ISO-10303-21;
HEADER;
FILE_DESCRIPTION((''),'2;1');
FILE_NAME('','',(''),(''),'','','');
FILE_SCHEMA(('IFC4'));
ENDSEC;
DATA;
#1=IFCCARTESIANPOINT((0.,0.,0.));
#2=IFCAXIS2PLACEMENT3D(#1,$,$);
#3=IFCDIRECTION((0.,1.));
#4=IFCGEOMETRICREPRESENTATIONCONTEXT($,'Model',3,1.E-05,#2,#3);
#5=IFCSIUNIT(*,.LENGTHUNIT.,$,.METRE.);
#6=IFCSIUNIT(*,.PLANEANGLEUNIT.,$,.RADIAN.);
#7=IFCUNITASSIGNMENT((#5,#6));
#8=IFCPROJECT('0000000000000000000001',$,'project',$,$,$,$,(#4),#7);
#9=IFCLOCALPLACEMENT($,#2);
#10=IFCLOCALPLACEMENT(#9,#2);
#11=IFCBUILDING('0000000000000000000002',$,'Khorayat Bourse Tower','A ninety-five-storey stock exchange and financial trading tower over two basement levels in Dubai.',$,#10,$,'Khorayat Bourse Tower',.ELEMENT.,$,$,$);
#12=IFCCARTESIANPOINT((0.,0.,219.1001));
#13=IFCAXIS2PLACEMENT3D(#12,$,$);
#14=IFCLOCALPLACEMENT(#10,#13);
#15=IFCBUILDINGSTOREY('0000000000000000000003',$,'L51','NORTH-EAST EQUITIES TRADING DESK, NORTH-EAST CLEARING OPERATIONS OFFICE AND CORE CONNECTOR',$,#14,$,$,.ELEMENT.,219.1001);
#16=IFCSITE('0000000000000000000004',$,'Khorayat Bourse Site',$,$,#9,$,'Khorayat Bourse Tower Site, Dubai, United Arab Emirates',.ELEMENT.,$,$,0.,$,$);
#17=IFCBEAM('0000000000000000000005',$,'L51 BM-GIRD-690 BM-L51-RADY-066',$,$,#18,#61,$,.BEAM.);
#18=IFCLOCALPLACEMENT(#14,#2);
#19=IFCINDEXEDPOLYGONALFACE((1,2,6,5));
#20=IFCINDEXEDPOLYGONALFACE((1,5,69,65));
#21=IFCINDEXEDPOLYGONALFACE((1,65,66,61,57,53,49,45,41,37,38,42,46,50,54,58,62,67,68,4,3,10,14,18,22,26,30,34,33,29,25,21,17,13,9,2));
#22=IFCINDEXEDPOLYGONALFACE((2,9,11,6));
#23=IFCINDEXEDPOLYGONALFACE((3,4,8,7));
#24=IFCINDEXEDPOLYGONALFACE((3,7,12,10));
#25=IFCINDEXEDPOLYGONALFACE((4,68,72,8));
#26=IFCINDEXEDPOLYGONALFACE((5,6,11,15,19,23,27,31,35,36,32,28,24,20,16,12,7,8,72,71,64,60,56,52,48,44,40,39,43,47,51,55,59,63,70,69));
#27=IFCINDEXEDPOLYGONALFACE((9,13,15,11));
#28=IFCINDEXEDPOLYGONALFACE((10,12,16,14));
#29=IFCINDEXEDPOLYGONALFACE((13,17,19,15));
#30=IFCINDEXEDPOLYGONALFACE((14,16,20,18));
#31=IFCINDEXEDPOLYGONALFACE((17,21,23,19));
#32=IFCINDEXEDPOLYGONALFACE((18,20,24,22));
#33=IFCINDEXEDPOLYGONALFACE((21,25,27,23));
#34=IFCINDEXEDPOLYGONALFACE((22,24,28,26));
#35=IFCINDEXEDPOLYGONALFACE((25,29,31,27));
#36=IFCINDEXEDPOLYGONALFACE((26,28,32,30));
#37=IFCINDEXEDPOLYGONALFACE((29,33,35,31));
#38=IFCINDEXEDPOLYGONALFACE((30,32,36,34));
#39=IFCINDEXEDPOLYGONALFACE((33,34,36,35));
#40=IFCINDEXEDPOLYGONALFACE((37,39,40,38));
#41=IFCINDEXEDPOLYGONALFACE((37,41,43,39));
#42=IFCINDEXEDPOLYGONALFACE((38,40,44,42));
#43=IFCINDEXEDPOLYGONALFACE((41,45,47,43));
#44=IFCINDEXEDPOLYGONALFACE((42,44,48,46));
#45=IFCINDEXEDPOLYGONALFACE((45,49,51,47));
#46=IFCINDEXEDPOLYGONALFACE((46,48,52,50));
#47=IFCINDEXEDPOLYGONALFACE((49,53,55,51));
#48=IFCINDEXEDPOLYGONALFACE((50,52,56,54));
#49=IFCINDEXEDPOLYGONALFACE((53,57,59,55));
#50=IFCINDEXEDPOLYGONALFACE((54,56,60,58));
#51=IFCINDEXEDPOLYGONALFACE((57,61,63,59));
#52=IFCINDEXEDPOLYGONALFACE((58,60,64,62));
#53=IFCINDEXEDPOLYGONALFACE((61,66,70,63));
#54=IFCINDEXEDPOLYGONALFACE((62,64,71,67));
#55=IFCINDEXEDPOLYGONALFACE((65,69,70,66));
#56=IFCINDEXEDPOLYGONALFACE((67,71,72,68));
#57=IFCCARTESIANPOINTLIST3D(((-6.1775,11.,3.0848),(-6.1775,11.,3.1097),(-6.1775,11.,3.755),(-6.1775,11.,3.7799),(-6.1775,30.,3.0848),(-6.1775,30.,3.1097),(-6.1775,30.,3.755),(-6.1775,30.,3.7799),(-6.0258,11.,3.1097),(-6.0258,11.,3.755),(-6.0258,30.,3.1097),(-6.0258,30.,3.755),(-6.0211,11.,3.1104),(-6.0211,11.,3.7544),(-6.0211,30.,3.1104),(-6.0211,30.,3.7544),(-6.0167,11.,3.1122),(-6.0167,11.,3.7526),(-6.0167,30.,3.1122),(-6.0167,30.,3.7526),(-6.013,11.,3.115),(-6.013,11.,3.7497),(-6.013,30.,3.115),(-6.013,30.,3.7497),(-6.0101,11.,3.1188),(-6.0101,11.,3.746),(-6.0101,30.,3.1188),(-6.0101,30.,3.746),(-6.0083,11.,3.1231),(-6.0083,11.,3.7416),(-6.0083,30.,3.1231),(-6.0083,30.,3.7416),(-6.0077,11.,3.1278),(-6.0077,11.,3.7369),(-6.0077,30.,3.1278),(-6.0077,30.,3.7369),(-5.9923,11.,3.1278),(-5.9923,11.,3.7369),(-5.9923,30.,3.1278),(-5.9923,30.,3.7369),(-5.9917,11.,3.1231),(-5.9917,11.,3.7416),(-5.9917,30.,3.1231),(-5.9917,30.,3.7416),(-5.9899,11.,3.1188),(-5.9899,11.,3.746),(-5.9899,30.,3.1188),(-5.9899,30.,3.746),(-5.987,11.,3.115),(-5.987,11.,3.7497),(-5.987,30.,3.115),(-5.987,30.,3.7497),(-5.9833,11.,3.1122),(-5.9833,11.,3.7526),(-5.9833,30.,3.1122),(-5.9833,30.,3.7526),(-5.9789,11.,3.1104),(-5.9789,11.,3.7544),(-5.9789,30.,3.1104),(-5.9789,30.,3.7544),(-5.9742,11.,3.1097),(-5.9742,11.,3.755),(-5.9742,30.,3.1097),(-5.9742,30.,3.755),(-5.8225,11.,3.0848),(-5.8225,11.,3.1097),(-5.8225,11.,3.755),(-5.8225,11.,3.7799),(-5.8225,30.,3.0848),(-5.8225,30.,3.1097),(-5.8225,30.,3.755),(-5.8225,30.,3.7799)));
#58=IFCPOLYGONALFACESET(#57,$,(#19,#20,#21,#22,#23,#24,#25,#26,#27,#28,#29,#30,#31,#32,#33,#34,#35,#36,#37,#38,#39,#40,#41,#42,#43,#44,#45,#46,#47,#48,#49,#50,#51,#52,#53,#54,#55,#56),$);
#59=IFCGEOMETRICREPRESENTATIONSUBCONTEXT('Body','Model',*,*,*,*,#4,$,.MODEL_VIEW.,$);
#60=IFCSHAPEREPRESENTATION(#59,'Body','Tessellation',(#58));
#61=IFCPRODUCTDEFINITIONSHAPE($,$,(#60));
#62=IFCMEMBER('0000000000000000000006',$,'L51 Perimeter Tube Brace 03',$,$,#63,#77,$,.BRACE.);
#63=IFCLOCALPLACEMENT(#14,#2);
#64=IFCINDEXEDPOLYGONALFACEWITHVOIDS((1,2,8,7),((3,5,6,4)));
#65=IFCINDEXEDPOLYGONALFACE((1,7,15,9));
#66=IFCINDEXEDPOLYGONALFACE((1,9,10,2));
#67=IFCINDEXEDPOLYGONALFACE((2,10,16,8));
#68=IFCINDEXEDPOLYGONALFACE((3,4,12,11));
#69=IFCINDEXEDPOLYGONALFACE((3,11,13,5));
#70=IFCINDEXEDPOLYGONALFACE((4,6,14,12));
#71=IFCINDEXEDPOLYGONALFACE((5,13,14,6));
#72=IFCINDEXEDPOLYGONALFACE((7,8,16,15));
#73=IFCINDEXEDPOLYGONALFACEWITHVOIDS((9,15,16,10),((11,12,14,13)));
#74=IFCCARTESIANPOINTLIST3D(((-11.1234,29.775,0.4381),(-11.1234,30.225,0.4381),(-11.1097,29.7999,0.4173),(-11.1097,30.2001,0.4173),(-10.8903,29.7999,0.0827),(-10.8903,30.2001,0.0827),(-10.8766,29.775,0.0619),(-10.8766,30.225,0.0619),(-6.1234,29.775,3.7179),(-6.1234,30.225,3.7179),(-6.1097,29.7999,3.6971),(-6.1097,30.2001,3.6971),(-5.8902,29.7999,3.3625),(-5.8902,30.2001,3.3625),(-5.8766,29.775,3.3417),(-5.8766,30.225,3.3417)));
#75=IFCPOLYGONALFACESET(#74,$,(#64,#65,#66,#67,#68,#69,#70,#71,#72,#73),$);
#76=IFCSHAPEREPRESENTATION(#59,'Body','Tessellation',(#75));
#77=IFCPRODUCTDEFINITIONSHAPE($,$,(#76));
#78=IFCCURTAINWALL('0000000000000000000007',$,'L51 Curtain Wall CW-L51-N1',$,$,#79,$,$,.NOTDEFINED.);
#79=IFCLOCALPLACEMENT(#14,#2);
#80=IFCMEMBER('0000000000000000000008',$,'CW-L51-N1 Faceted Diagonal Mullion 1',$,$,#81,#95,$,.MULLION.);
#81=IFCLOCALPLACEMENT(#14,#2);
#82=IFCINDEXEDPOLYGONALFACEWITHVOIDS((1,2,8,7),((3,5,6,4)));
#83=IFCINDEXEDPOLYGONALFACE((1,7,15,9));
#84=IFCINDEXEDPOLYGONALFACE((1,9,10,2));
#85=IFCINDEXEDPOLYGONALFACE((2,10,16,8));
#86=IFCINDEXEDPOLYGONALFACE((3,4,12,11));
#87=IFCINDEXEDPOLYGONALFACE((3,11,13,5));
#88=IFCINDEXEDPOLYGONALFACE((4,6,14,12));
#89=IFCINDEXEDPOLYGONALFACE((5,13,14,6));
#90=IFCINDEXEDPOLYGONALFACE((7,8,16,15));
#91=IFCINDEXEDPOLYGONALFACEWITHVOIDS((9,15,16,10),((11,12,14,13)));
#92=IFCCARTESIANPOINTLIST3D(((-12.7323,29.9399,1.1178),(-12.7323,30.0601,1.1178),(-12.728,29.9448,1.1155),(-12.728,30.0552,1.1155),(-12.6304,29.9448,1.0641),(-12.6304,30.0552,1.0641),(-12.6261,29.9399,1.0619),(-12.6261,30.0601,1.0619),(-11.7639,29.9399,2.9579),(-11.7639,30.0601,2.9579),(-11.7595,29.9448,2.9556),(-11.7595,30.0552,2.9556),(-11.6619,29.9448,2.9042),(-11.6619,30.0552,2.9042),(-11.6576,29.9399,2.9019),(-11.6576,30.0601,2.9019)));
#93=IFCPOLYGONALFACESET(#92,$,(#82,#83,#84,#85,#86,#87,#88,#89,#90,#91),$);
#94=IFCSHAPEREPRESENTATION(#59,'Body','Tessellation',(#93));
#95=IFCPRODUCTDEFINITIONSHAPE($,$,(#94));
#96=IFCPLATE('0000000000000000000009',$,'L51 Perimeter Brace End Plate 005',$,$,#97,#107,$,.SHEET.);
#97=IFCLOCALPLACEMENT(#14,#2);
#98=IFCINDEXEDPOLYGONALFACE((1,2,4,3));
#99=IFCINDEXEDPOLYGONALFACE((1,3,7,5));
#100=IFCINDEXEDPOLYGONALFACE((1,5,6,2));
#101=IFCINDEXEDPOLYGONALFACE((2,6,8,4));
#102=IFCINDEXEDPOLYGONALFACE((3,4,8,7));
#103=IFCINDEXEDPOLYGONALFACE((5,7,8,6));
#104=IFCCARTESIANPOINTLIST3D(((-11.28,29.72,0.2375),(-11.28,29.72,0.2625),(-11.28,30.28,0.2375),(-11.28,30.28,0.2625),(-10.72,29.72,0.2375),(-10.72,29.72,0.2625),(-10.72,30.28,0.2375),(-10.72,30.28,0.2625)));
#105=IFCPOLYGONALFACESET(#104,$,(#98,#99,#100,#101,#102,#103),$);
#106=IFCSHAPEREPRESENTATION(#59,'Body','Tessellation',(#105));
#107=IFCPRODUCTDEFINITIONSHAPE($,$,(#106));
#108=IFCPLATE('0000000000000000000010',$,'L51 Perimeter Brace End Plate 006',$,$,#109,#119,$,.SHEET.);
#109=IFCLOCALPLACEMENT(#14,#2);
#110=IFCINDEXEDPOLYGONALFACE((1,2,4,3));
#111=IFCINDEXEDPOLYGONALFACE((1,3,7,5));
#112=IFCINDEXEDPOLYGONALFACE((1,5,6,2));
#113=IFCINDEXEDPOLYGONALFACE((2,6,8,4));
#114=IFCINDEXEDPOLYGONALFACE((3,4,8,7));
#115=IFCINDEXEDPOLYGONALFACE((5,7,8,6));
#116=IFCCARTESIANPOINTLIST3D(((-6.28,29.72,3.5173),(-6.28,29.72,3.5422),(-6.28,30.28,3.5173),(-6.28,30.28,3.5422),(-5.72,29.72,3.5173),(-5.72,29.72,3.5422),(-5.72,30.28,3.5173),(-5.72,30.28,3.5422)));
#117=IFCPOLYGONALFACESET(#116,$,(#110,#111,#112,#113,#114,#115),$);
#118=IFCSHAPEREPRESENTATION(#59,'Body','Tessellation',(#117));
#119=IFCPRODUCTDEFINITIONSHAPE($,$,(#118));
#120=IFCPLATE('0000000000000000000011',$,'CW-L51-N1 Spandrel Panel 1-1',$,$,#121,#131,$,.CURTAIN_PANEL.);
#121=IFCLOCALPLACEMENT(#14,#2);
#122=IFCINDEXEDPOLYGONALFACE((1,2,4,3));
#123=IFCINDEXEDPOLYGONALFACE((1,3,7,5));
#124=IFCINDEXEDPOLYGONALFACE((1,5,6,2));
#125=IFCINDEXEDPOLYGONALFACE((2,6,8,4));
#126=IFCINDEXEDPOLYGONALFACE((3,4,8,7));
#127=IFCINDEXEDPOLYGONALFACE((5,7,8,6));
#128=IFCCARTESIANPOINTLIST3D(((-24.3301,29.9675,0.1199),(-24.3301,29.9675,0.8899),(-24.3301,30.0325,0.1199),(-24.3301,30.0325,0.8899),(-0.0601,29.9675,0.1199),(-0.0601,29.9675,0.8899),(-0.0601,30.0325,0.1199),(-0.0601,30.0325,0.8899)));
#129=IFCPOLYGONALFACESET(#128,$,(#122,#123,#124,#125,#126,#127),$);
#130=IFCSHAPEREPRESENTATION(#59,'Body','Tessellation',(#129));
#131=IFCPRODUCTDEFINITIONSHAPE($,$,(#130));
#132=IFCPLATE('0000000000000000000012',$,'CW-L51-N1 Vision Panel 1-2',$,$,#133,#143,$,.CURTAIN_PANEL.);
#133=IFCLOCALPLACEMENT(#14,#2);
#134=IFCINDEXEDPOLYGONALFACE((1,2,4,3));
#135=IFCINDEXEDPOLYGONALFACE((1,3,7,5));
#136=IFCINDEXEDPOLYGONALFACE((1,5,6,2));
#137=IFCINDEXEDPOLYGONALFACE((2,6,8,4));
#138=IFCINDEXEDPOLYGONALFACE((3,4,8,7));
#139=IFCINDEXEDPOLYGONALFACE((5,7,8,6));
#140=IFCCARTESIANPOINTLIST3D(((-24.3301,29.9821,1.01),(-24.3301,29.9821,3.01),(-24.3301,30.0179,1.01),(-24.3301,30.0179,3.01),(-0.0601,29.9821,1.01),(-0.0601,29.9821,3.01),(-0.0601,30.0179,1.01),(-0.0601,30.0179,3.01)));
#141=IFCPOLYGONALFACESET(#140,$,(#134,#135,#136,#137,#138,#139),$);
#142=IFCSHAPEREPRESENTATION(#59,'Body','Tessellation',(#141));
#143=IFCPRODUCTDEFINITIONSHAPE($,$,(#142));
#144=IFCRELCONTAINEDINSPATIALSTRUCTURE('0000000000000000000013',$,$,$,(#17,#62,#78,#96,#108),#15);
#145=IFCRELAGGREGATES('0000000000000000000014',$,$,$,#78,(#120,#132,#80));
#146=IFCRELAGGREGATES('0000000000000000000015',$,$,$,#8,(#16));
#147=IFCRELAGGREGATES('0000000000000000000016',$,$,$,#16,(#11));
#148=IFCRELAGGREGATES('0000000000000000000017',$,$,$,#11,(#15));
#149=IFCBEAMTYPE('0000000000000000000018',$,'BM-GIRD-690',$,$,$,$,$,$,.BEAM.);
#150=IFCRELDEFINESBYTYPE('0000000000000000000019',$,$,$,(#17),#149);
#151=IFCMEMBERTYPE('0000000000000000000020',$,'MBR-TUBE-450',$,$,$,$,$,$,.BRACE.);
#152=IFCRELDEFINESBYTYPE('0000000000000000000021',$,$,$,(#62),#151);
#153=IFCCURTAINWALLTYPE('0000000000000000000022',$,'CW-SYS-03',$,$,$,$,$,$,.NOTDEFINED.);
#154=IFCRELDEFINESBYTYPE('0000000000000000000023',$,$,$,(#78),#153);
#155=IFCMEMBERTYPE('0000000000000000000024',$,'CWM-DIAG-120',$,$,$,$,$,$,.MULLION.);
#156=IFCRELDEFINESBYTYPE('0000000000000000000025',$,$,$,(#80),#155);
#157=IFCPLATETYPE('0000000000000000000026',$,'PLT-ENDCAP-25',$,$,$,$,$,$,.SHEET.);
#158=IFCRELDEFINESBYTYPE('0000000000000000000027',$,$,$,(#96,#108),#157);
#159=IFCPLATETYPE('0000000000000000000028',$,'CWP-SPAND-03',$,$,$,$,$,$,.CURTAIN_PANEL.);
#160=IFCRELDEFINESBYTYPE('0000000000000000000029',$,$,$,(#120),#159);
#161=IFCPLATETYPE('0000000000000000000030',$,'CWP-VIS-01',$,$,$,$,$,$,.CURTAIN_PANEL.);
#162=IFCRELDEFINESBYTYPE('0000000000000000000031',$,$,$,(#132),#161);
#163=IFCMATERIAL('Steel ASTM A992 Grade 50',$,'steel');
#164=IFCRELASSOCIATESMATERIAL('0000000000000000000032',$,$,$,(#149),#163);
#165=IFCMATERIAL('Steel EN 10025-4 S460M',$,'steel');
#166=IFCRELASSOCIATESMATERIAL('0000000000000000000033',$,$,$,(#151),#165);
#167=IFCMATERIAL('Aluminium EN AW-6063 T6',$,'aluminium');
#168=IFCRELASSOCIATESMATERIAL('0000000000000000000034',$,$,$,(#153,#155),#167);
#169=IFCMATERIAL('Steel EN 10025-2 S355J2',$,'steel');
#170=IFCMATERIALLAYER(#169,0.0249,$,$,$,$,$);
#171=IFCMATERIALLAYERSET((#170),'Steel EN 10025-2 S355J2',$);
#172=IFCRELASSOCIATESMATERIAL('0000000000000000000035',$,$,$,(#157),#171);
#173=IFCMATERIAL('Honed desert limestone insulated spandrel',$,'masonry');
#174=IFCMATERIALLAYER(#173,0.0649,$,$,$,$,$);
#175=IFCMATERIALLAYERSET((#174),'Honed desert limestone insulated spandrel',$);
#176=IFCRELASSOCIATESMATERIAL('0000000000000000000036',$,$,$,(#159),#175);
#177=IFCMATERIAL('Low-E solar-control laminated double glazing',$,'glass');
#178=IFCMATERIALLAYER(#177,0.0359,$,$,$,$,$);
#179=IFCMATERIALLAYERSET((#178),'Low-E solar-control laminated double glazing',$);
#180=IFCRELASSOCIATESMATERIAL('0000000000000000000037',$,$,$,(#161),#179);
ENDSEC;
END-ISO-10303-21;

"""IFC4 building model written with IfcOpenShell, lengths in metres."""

from ifc_helpers import new_model, si_unit, direction, frame, origin, origin_2d, place, context, subcontext, project, spatial, rectangle, hollow_rectangle, i_section, extrude, source, transform, mapped, material, layer, layer_set, material_profile, profile_set, type_object, element, aggregate, save


model = new_model("IFC4")

# Units and contexts
model_context = context("Model", 3, precision=1e-05, world=origin(), true_north=direction((0.0, 1.0)))
body_context = subcontext(model_context, "Body", "Model", "MODEL_VIEW")
ifc_project = project(units=[si_unit("LENGTHUNIT", "METRE"), si_unit("PLANEANGLEUNIT", "RADIAN")], contexts=[model_context])

# Site, building, storey
site_placement = place(None, origin())
site = spatial("IfcSite", under=ifc_project, at=site_placement, Name="Khorayat Bourse Site", LongName="Khorayat Bourse Tower Site, Dubai, United Arab Emirates", CompositionType="ELEMENT", RefElevation=0.0)
building_placement = place(site_placement, origin())
building = spatial("IfcBuilding", under=site, at=building_placement, Name="Khorayat Bourse Tower", Description="A ninety-five-storey stock exchange and financial trading tower over two basement levels in Dubai.", LongName="Khorayat Bourse Tower", CompositionType="ELEMENT")
storey_placement = place(building_placement, frame((0.0, 0.0, 219.1001)))
storey = spatial("IfcBuildingStorey", under=building, at=storey_placement, Name="L51", Description="NORTH-EAST EQUITIES TRADING DESK, NORTH-EAST CLEARING OPERATIONS OFFICE AND CORE CONNECTOR", CompositionType="ELEMENT", Elevation=219.1001)

# Shared definitions
ifc_material_1 = material(Name="Steel EN 10025-4 S460M", Category="steel")

# Beam
ifc_material_2 = material(Name="Steel ASTM A992 Grade 50", Category="steel")
ifc_material_profile_1 = material_profile(ifc_material_2, i_section(OverallWidth=0.355, OverallDepth=0.6951, WebThickness=0.0154, FlangeThickness=0.0249, FilletRadius=0.0181, at=origin_2d()), Name="W690X217")
ifc_profile_set_1 = profile_set([ifc_material_profile_1], Name="Steel ASTM A992 Grade 50")
beam_type_1 = type_object("IfcBeamType", Name="BM-GIRD-690", PredefinedType="BEAM", material=ifc_profile_set_1)
shared_shape_1 = source(origin(), body_context, "Body", "SweptSolid", [
    extrude(i_section(OverallWidth=0.355, OverallDepth=0.6951, WebThickness=0.0154, FlangeThickness=0.0249, FilletRadius=0.0181, at=origin_2d()), origin(), (0.0, 0.0, 1.0), 19.0),
])
for number, where, z_axis, x_axis, name in (
    (1, (-6.0, 11.0, 3.4324), (0.0, 1.0, 0.0), (-1.0, 0.0, 0.0), "L51 BM-GIRD-690 BM-L51-RADY-066"),
):
    element("IfcBeam", number, at=place(storey_placement, frame(where, z_axis=z_axis, x_axis=x_axis)), inside=storey, type_object=beam_type_1, Name=name, PredefinedType="BEAM", context=body_context, shape_type="MappedRepresentation", body=[
        mapped(shared_shape_1, transform((0.0, 0.0, 0.0), scale=1.0)),
    ])

# Member
ifc_material_profile_2 = material_profile(ifc_material_1, hollow_rectangle(XDim=0.45, YDim=0.45, WallThickness=0.0249, at=origin_2d()), Name="HSS 450x450x25")
ifc_profile_set_2 = profile_set([ifc_material_profile_2], Name="Steel EN 10025-4 S460M")
member_type_1 = type_object("IfcMemberType", Name="MBR-TUBE-450", PredefinedType="BRACE", material=ifc_profile_set_2)
shared_shape_2 = source(origin(), body_context, "Body", "SweptSolid", [
    extrude(hollow_rectangle(XDim=0.45, YDim=0.45, WallThickness=0.0249, at=origin_2d()), origin(), (0.0, 0.0, 1.0), 5.9797),
])
member_1_placement = place(storey_placement, frame((-11.0, 30.0, 0.25), z_axis=(0.83616, 0.0, 0.548485), x_axis=(0.0, 1.0, 0.0)))
element("IfcMember", 2, at=member_1_placement, inside=storey, type_object=member_type_1, Name="L51 Perimeter Tube Brace 03", PredefinedType="BRACE", context=body_context, shape_type="MappedRepresentation", body=[
    mapped(shared_shape_2, transform((0.0, 0.0, 0.0), scale=1.0)),
])

# Curtain wall, member
ifc_material_3 = material(Name="Aluminium EN AW-6063 T6", Category="aluminium")
curtain_wall_type = type_object("IfcCurtainWallType", Name="CW-SYS-03", PredefinedType="NOTDEFINED", material=ifc_material_3)
curtain_wall_placement = place(storey_placement, origin())
curtain_wall = element("IfcCurtainWall", 3, at=curtain_wall_placement, inside=storey, type_object=curtain_wall_type, Name="L51 Curtain Wall CW-L51-N1", PredefinedType="NOTDEFINED")
ifc_material_profile_3 = material_profile(ifc_material_3, hollow_rectangle(XDim=0.1201, YDim=0.1201, WallThickness=0.0049, at=origin_2d()), Name="ALU 120x120x5")
ifc_profile_set_3 = profile_set([ifc_material_profile_3], Name="Aluminium EN AW-6063 T6")
member_type_2 = type_object("IfcMemberType", Name="CWM-DIAG-120", PredefinedType="MULLION", material=ifc_profile_set_3)
shared_shape_3 = source(origin(), body_context, "Body", "SweptSolid", [
    extrude(hollow_rectangle(XDim=0.1201, YDim=0.1201, WallThickness=0.0049, at=origin_2d()), origin(), (0.0, 0.0, 1.0), 2.0793),
])
member_2_placement = place(storey_placement, frame((-12.6792, 30.0, 1.0898), z_axis=(0.465761, 0.0, 0.884911), x_axis=(0.0, 1.0, 0.0)))
member_2 = element("IfcMember", 4, at=member_2_placement, type_object=member_type_2, Name="CW-L51-N1 Faceted Diagonal Mullion 1", PredefinedType="MULLION", context=body_context, shape_type="MappedRepresentation", body=[
    mapped(shared_shape_3, transform((0.0, 0.0, 0.0), scale=1.0)),
])

# Plates
ifc_material_4 = material(Name="Steel EN 10025-2 S355J2", Category="steel")
ifc_layer_1 = layer(ifc_material_4, 0.0249)
ifc_layer_set_1 = layer_set([ifc_layer_1], Name="Steel EN 10025-2 S355J2")
plate_type_1 = type_object("IfcPlateType", Name="PLT-ENDCAP-25", PredefinedType="SHEET", material=ifc_layer_set_1)
shared_shape_4 = source(origin(), body_context, "Body", "SweptSolid", [
    extrude(rectangle(XDim=0.5601, YDim=0.5601, at=origin_2d()), origin(), (0.0, 0.0, 1.0), 0.0249),
])
for number, where, z_axis, x_axis, name in (
    (5, (-11.0, 30.0, 0.2375), (0.0, 0.0, 1.0), (1.0, 0.0, 0.0), "L51 Perimeter Brace End Plate 005"),
    (6, (-6.0, 30.0, 3.5173), (0.0, 0.0, 1.0), (1.0, 0.0, 0.0), "L51 Perimeter Brace End Plate 006"),
):
    element("IfcPlate", number, at=place(storey_placement, frame(where, z_axis=z_axis, x_axis=x_axis)), inside=storey, type_object=plate_type_1, Name=name, PredefinedType="SHEET", context=body_context, shape_type="MappedRepresentation", body=[
        mapped(shared_shape_4, transform((0.0, 0.0, 0.0), scale=1.0)),
    ])

# Plates
ifc_material_5 = material(Name="Honed desert limestone insulated spandrel", Category="masonry")
ifc_layer_2 = layer(ifc_material_5, 0.0649)
ifc_layer_set_2 = layer_set([ifc_layer_2], Name="Honed desert limestone insulated spandrel")
plate_type_2 = type_object("IfcPlateType", Name="CWP-SPAND-03", PredefinedType="CURTAIN_PANEL", material=ifc_layer_set_2)
shared_shape_5 = source(origin(), body_context, "Body", "SweptSolid", [
    extrude(rectangle(XDim=24.27, YDim=0.0649, at=origin_2d()), origin(), (0.0, 0.0, 1.0), 0.77),
])
plate_1_placement = place(storey_placement, frame((-12.1951, 30.0, 0.1199), z_axis=(0.0, 0.0, 1.0), x_axis=(1.0, 0.0, 0.0)))
plate_1 = element("IfcPlate", 7, at=plate_1_placement, type_object=plate_type_2, Name="CW-L51-N1 Spandrel Panel 1-1", PredefinedType="CURTAIN_PANEL", context=body_context, shape_type="MappedRepresentation", body=[
    mapped(shared_shape_5, transform((0.0, 0.0, 0.0), scale=1.0)),
])
ifc_material_6 = material(Name="Low-E solar-control laminated double glazing", Category="glass")
ifc_layer_3 = layer(ifc_material_6, 0.0359)
ifc_layer_set_3 = layer_set([ifc_layer_3], Name="Low-E solar-control laminated double glazing")
plate_type_3 = type_object("IfcPlateType", Name="CWP-VIS-01", PredefinedType="CURTAIN_PANEL", material=ifc_layer_set_3)
shared_shape_6 = source(origin(), body_context, "Body", "SweptSolid", [
    extrude(rectangle(XDim=24.27, YDim=0.0359, at=origin_2d()), origin(), (0.0, 0.0, 1.0), 2.0),
])
plate_2_placement = place(storey_placement, frame((-12.1951, 30.0, 1.01), z_axis=(0.0, 0.0, 1.0), x_axis=(1.0, 0.0, 0.0)))
plate_2 = element("IfcPlate", 8, at=plate_2_placement, type_object=plate_type_3, Name="CW-L51-N1 Vision Panel 1-2", PredefinedType="CURTAIN_PANEL", context=body_context, shape_type="MappedRepresentation", body=[
    mapped(shared_shape_6, transform((0.0, 0.0, 0.0), scale=1.0)),
])
aggregate(curtain_wall, [plate_1, plate_2, member_2])

save(model, "model.ifc")
